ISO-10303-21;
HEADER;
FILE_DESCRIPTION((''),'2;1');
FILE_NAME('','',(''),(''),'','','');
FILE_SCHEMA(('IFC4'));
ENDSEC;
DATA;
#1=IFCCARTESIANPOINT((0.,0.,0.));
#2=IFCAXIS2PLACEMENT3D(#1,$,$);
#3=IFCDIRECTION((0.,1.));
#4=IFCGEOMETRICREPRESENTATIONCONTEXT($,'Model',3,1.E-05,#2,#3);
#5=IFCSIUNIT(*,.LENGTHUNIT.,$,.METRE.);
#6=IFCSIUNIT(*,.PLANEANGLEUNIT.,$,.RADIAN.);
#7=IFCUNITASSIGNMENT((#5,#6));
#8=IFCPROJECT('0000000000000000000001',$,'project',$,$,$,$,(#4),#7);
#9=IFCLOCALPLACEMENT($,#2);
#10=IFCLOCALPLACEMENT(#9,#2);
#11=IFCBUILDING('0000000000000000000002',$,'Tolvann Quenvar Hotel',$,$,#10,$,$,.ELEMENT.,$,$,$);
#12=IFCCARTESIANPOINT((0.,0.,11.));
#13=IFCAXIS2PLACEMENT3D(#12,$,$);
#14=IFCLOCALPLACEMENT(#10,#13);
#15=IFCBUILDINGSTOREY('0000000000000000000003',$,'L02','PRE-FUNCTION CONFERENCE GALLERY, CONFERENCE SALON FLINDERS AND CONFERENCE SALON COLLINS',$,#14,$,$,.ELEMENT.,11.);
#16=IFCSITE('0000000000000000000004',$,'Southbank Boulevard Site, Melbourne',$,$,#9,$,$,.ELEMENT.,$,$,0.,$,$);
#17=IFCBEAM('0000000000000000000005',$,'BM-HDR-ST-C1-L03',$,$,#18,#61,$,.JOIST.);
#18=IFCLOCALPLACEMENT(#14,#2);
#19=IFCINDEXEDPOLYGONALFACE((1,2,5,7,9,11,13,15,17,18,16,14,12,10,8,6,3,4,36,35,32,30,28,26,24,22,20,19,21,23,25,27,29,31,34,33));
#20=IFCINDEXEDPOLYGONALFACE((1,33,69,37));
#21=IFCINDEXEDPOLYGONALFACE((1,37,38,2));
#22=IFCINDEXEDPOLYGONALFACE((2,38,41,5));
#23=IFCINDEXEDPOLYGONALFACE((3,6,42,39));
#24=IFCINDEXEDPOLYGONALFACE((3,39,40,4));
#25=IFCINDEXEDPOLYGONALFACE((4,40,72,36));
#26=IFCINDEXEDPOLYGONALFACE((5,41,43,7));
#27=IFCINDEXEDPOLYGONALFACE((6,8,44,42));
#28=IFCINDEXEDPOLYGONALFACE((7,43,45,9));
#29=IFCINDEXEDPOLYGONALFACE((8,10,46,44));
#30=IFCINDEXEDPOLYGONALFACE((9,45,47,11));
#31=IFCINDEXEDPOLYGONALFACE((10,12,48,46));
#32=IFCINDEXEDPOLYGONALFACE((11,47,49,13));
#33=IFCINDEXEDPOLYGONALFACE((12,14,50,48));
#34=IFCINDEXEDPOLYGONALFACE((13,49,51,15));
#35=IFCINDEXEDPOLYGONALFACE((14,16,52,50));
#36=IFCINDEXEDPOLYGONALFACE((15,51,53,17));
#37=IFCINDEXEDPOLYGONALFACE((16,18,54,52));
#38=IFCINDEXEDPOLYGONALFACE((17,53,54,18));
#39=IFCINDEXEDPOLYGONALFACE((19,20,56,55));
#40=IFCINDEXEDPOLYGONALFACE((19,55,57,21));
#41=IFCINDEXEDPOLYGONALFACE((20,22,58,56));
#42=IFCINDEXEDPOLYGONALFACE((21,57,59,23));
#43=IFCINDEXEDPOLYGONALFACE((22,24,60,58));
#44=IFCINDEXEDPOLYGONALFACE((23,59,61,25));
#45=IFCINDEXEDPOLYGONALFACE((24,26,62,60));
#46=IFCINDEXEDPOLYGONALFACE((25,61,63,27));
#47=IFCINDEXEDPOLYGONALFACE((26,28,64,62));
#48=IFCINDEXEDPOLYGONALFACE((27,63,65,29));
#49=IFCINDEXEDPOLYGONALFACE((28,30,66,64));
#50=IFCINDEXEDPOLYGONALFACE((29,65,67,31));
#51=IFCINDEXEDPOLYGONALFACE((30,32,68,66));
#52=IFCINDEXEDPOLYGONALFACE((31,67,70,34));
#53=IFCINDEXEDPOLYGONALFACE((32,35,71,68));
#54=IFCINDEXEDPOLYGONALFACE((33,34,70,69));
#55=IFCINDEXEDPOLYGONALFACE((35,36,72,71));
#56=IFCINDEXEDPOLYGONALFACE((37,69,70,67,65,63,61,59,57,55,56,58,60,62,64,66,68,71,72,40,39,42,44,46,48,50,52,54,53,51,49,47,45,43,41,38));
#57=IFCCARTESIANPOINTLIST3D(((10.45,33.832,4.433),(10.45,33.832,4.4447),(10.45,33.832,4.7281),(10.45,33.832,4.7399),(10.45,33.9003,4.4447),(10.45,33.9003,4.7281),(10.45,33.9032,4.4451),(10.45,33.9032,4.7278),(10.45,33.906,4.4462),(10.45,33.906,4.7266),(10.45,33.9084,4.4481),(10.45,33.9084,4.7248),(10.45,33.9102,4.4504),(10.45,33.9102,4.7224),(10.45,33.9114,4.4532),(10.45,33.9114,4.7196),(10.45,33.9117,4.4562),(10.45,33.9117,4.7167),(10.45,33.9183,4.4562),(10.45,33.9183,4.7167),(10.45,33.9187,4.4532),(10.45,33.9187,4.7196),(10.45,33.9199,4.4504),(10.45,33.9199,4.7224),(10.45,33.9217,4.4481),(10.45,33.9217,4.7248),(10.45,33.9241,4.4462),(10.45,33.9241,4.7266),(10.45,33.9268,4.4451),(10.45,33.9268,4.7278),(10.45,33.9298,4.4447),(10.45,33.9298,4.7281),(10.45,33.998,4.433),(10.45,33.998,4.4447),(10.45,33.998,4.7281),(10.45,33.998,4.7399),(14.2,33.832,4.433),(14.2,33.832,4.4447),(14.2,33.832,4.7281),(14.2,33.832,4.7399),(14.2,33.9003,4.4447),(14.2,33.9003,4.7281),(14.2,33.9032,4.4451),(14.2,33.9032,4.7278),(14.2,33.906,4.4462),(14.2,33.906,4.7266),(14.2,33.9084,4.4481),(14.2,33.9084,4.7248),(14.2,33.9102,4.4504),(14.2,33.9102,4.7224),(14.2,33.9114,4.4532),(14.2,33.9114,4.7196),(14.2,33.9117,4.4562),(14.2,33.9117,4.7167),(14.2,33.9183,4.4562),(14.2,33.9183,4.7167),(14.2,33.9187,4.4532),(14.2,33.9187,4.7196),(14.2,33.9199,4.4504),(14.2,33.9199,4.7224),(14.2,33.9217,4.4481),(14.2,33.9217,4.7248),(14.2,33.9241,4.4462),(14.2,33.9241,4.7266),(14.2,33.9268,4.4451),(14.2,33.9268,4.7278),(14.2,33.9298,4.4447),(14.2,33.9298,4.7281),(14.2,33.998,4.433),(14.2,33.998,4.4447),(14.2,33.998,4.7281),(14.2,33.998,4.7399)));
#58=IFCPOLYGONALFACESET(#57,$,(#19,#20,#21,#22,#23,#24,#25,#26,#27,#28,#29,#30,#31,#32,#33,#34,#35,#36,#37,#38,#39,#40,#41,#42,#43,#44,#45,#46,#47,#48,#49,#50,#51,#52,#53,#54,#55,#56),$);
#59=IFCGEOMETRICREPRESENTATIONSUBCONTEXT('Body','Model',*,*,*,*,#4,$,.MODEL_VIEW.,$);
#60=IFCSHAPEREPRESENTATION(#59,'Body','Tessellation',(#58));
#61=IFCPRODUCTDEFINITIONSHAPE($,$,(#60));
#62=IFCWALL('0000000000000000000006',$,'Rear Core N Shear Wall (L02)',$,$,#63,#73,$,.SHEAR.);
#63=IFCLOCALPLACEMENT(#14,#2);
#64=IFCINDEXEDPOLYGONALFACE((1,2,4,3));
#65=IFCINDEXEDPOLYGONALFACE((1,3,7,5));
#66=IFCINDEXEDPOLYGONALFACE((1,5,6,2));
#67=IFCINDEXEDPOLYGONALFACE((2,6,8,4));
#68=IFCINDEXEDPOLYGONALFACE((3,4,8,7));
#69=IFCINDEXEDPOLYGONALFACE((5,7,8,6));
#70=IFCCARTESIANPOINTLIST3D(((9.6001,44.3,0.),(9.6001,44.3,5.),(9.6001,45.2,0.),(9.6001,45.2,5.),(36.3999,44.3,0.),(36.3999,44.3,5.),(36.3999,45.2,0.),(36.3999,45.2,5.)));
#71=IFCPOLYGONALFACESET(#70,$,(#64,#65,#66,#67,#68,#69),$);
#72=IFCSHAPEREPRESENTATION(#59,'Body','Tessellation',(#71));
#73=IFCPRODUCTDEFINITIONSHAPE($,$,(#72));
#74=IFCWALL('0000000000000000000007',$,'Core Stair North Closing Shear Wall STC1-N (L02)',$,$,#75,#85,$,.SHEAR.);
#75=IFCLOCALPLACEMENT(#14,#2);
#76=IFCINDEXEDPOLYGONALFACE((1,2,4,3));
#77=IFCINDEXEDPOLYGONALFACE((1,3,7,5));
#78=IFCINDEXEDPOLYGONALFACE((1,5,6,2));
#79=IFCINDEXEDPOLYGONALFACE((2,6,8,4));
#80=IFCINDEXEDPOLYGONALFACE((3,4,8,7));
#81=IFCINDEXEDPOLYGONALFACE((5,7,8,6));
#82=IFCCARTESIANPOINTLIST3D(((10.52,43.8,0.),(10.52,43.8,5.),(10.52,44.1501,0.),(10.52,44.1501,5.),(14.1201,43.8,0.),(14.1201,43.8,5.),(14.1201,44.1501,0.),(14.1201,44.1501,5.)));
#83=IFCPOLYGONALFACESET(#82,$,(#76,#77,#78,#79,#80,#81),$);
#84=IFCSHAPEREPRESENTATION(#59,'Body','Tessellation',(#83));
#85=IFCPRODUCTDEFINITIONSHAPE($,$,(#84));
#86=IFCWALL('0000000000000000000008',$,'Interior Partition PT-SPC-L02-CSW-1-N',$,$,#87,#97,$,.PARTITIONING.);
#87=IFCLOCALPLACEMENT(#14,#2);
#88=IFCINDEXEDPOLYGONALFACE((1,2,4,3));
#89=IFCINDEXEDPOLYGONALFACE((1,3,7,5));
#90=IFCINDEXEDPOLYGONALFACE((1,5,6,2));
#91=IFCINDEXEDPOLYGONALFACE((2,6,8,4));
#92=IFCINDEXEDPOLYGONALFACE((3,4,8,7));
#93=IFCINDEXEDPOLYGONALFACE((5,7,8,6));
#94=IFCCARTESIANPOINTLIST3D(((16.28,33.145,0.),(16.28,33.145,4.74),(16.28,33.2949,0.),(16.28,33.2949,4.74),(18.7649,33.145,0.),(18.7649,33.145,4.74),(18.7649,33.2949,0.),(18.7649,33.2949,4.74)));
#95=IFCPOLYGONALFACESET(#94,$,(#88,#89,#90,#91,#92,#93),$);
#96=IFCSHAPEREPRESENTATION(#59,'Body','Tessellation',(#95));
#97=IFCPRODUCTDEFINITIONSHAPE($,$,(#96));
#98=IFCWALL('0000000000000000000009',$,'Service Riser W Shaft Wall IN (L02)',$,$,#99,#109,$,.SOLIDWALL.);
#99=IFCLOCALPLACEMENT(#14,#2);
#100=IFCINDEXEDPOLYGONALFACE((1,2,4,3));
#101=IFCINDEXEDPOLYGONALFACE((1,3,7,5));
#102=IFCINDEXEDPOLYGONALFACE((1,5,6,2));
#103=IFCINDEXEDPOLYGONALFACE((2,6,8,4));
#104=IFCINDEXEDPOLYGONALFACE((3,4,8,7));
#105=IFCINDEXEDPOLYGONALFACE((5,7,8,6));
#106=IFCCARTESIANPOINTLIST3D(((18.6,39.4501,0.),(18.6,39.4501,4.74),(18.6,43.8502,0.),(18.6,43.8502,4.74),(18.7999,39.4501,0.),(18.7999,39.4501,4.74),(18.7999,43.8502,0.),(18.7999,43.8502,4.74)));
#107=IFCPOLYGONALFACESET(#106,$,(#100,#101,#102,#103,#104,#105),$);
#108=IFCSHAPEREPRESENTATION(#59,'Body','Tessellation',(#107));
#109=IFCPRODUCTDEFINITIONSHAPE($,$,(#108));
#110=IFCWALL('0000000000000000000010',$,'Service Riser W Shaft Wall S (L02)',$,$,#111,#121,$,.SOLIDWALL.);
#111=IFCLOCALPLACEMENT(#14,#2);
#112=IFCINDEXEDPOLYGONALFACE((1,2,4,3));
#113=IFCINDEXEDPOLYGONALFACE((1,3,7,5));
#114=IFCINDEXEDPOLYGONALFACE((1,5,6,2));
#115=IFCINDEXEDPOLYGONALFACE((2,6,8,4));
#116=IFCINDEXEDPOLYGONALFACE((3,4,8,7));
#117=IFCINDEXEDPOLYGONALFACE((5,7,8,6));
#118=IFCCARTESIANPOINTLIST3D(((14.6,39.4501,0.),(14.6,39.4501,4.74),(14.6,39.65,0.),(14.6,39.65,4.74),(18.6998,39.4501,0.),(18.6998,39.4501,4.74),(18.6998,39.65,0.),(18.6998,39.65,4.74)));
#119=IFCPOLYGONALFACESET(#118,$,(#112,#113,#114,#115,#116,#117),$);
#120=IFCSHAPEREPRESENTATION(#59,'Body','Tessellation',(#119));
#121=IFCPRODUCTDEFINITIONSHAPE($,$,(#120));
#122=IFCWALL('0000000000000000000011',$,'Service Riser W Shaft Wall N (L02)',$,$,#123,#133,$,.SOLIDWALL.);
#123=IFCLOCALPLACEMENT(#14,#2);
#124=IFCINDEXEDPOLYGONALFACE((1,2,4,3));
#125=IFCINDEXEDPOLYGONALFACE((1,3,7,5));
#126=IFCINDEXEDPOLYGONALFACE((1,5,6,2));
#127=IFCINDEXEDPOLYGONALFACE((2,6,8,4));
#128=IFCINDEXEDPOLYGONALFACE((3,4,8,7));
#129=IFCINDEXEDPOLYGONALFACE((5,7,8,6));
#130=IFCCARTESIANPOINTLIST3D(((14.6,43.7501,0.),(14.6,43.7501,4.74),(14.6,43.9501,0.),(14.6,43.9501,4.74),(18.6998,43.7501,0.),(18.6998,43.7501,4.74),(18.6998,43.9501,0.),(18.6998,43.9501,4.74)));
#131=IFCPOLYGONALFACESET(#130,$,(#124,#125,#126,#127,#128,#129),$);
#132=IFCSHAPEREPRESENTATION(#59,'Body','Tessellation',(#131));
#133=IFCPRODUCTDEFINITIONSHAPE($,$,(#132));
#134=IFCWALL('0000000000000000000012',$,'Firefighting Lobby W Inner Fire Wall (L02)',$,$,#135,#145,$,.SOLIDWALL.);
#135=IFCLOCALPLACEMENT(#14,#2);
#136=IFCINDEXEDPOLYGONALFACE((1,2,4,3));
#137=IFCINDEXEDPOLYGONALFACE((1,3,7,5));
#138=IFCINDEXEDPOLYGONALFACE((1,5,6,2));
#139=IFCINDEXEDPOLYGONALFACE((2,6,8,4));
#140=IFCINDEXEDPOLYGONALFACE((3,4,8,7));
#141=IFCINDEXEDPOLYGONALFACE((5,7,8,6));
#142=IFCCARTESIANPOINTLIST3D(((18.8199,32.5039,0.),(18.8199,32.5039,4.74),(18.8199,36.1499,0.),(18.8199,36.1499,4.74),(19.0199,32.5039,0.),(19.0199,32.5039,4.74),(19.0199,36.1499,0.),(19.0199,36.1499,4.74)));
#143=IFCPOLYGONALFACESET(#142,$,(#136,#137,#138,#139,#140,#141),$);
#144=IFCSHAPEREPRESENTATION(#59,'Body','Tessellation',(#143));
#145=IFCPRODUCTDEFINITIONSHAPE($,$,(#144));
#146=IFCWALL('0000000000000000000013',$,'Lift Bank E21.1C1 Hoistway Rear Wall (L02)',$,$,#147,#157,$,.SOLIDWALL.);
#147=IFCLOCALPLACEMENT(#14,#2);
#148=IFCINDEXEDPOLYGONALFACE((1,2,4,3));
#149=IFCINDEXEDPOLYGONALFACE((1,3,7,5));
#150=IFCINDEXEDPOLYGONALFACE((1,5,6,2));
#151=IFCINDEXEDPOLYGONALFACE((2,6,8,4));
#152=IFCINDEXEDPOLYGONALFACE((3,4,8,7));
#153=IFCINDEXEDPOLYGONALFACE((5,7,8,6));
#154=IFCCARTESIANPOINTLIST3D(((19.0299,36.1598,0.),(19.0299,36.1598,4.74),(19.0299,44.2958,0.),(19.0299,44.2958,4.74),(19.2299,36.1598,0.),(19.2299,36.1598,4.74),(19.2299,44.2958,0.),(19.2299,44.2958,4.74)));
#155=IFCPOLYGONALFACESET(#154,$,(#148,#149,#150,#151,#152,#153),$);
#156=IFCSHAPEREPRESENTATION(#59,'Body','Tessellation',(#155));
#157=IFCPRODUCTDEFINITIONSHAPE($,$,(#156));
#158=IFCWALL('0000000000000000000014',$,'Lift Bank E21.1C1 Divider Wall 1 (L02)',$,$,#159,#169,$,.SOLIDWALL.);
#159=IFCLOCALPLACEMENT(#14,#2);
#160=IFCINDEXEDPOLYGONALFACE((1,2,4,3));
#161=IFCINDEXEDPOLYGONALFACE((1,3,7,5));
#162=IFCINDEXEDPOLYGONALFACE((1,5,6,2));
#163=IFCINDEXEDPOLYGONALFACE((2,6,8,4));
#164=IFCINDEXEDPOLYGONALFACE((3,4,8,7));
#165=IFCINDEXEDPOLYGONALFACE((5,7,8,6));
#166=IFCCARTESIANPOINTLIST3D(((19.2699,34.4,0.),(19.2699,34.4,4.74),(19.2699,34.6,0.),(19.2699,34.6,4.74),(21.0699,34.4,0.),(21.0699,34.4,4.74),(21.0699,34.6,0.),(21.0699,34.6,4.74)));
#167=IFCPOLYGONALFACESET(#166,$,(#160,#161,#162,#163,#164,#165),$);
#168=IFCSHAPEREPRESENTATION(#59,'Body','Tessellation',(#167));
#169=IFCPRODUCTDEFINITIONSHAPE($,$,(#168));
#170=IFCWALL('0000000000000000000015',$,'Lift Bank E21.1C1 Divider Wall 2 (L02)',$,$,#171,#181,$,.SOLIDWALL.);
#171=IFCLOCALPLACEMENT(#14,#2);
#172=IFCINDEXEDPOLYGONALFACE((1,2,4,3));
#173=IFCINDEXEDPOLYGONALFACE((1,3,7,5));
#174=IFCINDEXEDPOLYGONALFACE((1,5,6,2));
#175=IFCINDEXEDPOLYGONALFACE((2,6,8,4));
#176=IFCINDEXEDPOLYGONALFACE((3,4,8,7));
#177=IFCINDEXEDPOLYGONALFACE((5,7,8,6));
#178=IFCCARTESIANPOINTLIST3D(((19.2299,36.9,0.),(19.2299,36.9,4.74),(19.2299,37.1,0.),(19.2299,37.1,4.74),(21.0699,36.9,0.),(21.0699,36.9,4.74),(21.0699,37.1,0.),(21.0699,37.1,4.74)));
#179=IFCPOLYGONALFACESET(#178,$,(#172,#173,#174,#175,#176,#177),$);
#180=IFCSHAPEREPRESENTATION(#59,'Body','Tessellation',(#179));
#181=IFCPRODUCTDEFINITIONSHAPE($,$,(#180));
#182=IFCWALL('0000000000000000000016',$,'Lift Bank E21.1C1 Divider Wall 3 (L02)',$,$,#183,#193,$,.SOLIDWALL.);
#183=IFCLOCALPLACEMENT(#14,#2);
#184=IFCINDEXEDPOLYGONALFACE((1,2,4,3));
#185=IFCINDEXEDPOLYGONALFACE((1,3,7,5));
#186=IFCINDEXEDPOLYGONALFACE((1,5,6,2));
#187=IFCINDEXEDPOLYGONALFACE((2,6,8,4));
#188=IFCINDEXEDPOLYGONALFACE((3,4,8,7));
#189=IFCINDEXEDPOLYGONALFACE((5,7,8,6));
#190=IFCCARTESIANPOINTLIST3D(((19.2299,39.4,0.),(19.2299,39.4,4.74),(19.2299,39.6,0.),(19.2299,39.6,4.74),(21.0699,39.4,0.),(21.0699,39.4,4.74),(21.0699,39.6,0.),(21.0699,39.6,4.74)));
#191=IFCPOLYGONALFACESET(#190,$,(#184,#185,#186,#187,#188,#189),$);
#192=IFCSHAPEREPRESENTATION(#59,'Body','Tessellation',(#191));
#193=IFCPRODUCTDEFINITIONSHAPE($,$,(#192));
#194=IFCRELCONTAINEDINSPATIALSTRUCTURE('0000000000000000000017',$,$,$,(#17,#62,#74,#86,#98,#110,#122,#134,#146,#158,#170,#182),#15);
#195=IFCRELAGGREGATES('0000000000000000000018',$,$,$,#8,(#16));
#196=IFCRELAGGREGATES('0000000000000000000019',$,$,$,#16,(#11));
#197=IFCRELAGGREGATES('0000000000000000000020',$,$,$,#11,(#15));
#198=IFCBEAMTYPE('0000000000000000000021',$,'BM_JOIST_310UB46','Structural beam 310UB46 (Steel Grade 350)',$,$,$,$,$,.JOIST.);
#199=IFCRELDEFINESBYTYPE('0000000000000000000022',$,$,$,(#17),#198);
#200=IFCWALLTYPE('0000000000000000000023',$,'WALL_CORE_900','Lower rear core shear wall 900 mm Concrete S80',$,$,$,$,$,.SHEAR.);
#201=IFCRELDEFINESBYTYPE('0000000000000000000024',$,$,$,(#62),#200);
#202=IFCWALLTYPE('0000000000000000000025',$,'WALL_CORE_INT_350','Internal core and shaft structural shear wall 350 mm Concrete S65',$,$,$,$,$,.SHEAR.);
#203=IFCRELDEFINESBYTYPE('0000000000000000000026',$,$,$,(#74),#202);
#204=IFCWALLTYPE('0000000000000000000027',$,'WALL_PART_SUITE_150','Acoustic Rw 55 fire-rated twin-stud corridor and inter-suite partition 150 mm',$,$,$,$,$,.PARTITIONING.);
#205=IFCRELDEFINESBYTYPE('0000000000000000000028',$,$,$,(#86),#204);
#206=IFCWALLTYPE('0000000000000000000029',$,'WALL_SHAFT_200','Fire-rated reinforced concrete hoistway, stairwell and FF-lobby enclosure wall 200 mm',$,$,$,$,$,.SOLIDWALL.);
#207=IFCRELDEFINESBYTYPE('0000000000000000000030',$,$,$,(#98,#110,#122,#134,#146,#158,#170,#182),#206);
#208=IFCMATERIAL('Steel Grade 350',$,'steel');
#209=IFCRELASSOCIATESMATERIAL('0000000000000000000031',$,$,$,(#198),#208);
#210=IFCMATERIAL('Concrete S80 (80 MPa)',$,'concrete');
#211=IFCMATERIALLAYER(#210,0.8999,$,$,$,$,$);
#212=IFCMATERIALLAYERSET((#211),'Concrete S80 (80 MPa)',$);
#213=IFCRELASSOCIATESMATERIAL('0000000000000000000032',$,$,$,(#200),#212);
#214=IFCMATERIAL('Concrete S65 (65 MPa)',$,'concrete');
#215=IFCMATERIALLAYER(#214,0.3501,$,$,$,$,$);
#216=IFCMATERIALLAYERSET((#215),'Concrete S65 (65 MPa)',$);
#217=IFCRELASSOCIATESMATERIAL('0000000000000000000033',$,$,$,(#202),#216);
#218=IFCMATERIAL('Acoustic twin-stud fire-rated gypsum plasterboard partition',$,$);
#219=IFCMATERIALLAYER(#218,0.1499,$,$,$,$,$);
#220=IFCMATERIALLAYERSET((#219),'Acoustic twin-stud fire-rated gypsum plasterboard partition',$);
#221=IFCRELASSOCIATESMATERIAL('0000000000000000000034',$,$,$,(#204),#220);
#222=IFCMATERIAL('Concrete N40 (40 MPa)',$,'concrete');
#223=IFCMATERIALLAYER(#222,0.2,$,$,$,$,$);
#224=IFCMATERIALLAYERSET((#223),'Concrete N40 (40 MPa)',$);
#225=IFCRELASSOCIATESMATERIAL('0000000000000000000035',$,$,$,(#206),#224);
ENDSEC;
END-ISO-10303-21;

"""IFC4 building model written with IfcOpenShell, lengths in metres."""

from ifc_helpers import new_model, si_unit, direction, frame, frame_2d, origin, origin_2d, place, context, subcontext, project, spatial, rectangle, i_section, extrude, source, transform, mapped, material, layer, layer_set, material_profile, profile_set, type_object, type_shapes, element, save


model = new_model("IFC4")

# Units and contexts
model_context = context("Model", 3, precision=1e-05, world=origin(), true_north=direction((0.0, 1.0)))
body_context = subcontext(model_context, "Body", "Model", "MODEL_VIEW")
ifc_project = project(units=[si_unit("LENGTHUNIT", "METRE"), si_unit("PLANEANGLEUNIT", "RADIAN")], contexts=[model_context])

# Site, building, storey
site_placement = place(None, origin())
site = spatial("IfcSite", under=ifc_project, at=site_placement, Name="Southbank Boulevard Site, Melbourne", CompositionType="ELEMENT", RefElevation=0.0)
building_placement = place(site_placement, origin())
building = spatial("IfcBuilding", under=site, at=building_placement, Name="Tolvann Quenvar Hotel", CompositionType="ELEMENT")
storey_placement = place(building_placement, frame((0.0, 0.0, 11.0)))
storey = spatial("IfcBuildingStorey", under=building, at=storey_placement, Name="L02", Description="PRE-FUNCTION CONFERENCE GALLERY, CONFERENCE SALON FLINDERS AND CONFERENCE SALON COLLINS", CompositionType="ELEMENT", Elevation=11.0)

# Shared definitions
ifc_material_1 = material(Name="Concrete S65 (65 MPa)", Category="concrete")

# Beam
ifc_material_2 = material(Name="Concrete S80 (80 MPa)", Category="concrete")
ifc_material_3 = material(Name="Steel Grade 350", Category="steel")
ifc_material_profile_1 = material_profile(ifc_material_3, i_section(OverallWidth=0.166, OverallDepth=0.3069, WebThickness=0.0066, FlangeThickness=0.0117, FilletRadius=0.0115, at=origin_2d()), Name="310UB46")
ifc_profile_set_1 = profile_set([ifc_material_profile_1], Name="Steel Grade 350")
beam_type_1 = type_object("IfcBeamType", Name="BM_JOIST_310UB46", Description="Structural beam 310UB46 (Steel Grade 350)", PredefinedType="JOIST", material=ifc_profile_set_1)
shared_shape_1 = source(origin(), body_context, "Body", "SweptSolid", [
    extrude(i_section(OverallWidth=0.166, OverallDepth=0.3069, WebThickness=0.0066, FlangeThickness=0.0117, FilletRadius=0.0115, at=origin_2d()), origin(), (0.0, 0.0, 1.0), 3.75),
])
type_shapes(beam_type_1, [shared_shape_1])
beam_1_placement = place(storey_placement, frame((10.45, 33.915, 4.5864), z_axis=(1.0, 0.0, 0.0), x_axis=(0.0, 1.0, 0.0)))
element("IfcBeam", 1, at=beam_1_placement, inside=storey, type_object=beam_type_1, Name="BM-HDR-ST-C1-L03", PredefinedType="JOIST", context=body_context, shape_type="MappedRepresentation", body=[
    mapped(shared_shape_1, transform((0.0, 0.0, 0.0), x_axis=(1.0, 0.0, 0.0), y_axis=(0.0, 1.0, 0.0), z_axis=(0.0, 0.0, 1.0), scale=1.0)),
])

# Walls
ifc_layer_1 = layer(ifc_material_2, 0.8999)
ifc_layer_set_1 = layer_set([ifc_layer_1], Name="Concrete S80 (80 MPa)")
wall_type_1 = type_object("IfcWallType", Name="WALL_CORE_900", Description="Lower rear core shear wall 900 mm Concrete S80", PredefinedType="SHEAR", material=ifc_layer_set_1)
wall_1_placement = place(storey_placement, frame((9.6001, 44.75, 0.0), z_axis=(0.0, 0.0, 1.0), x_axis=(1.0, 0.0, 0.0)))
element("IfcWall", 2, at=wall_1_placement, inside=storey, type_object=wall_type_1, Name="Rear Core N Shear Wall (L02)", PredefinedType="SHEAR", context=body_context, shape_type="SweptSolid", body=[
    extrude(rectangle(XDim=26.7998, YDim=0.8999, at=frame_2d((13.3999, 0.0))), origin(), (0.0, 0.0, 1.0), 5.0),
])
ifc_layer_2 = layer(ifc_material_1, 0.3501)
ifc_layer_set_2 = layer_set([ifc_layer_2], Name="Concrete S65 (65 MPa)")
wall_type_2 = type_object("IfcWallType", Name="WALL_CORE_INT_350", Description="Internal core and shaft structural shear wall 350 mm Concrete S65", PredefinedType="SHEAR", material=ifc_layer_set_2)
wall_2_placement = place(storey_placement, frame((10.52, 43.9751, 0.0), z_axis=(0.0, 0.0, 1.0), x_axis=(1.0, 0.0, 0.0)))
element("IfcWall", 3, at=wall_2_placement, inside=storey, type_object=wall_type_2, Name="Core Stair North Closing Shear Wall STC1-N (L02)", PredefinedType="SHEAR", context=body_context, shape_type="SweptSolid", body=[
    extrude(rectangle(XDim=3.6001, YDim=0.3501, at=frame_2d((1.8, 0.0))), origin(), (0.0, 0.0, 1.0), 5.0),
])
ifc_material_4 = material(Name="Acoustic twin-stud fire-rated gypsum plasterboard partition")
ifc_layer_3 = layer(ifc_material_4, 0.1499)
ifc_layer_set_3 = layer_set([ifc_layer_3], Name="Acoustic twin-stud fire-rated gypsum plasterboard partition")
wall_type_3 = type_object("IfcWallType", Name="WALL_PART_SUITE_150", Description="Acoustic Rw 55 fire-rated twin-stud corridor and inter-suite partition 150 mm", PredefinedType="PARTITIONING", material=ifc_layer_set_3)
wall_3_placement = place(storey_placement, frame((16.28, 33.22, 0.0), z_axis=(0.0, 0.0, 1.0), x_axis=(1.0, 0.0, 0.0)))
element("IfcWall", 4, at=wall_3_placement, inside=storey, type_object=wall_type_3, Name="Interior Partition PT-SPC-L02-CSW-1-N", PredefinedType="PARTITIONING", context=body_context, shape_type="SweptSolid", body=[
    extrude(rectangle(XDim=2.4849, YDim=0.1499, at=frame_2d((1.2424, 0.0))), origin(), (0.0, 0.0, 1.0), 4.74),
])
ifc_material_5 = material(Name="Concrete N40 (40 MPa)", Category="concrete")
ifc_layer_4 = layer(ifc_material_5, 0.2)
ifc_layer_set_4 = layer_set([ifc_layer_4], Name="Concrete N40 (40 MPa)")
wall_type_4 = type_object("IfcWallType", Name="WALL_SHAFT_200", Description="Fire-rated reinforced concrete hoistway, stairwell and FF-lobby enclosure wall 200 mm", PredefinedType="SOLIDWALL", material=ifc_layer_set_4)
wall_4_placement = place(storey_placement, frame((18.7, 39.45, 0.0), z_axis=(0.0, 0.0, 1.0), x_axis=(0.0, 1.0, 0.0)))
element("IfcWall", 5, at=wall_4_placement, inside=storey, type_object=wall_type_4, Name="Service Riser W Shaft Wall IN (L02)", PredefinedType="SOLIDWALL", context=body_context, shape_type="SweptSolid", body=[
    extrude(rectangle(XDim=4.4001, YDim=0.2, at=frame_2d((2.2002, 0.0))), origin(), (0.0, 0.0, 1.0), 4.74),
])
for number, where, z_axis, x_axis, name in (
    (6, (14.6001, 39.55, 0.0), (0.0, 0.0, 1.0), (1.0, 0.0, 0.0), "Service Riser W Shaft Wall S (L02)"),
    (7, (14.6001, 43.8501, 0.0), (0.0, 0.0, 1.0), (1.0, 0.0, 0.0), "Service Riser W Shaft Wall N (L02)"),
):
    element("IfcWall", number, at=place(storey_placement, frame(where, z_axis=z_axis, x_axis=x_axis)), inside=storey, type_object=wall_type_4, Name=name, PredefinedType="SOLIDWALL", context=body_context, shape_type="SweptSolid", body=[
        extrude(rectangle(XDim=4.0999, YDim=0.2, at=frame_2d((2.0498, 0.0))), origin(), (0.0, 0.0, 1.0), 4.74),
    ])
wall_5_placement = place(storey_placement, frame((18.9199, 32.5039, 0.0), z_axis=(0.0, 0.0, 1.0), x_axis=(0.0, 1.0, 0.0)))
element("IfcWall", 8, at=wall_5_placement, inside=storey, type_object=wall_type_4, Name="Firefighting Lobby W Inner Fire Wall (L02)", PredefinedType="SOLIDWALL", context=body_context, shape_type="SweptSolid", body=[
    extrude(rectangle(XDim=3.646, YDim=0.2, at=frame_2d((1.823, 0.0))), origin(), (0.0, 0.0, 1.0), 4.74),
])
wall_6_placement = place(storey_placement, frame((19.1299, 36.1599, 0.0), z_axis=(0.0, 0.0, 1.0), x_axis=(0.0, 1.0, 0.0)))
element("IfcWall", 9, at=wall_6_placement, inside=storey, type_object=wall_type_4, Name="Lift Bank E21.1C1 Hoistway Rear Wall (L02)", PredefinedType="SOLIDWALL", context=body_context, shape_type="SweptSolid", body=[
    extrude(rectangle(XDim=8.136, YDim=0.2, at=frame_2d((4.0679, 0.0))), origin(), (0.0, 0.0, 1.0), 4.74),
])
wall_7_placement = place(storey_placement, frame((19.27, 34.5, 0.0), z_axis=(0.0, 0.0, 1.0), x_axis=(1.0, 0.0, 0.0)))
element("IfcWall", 10, at=wall_7_placement, inside=storey, type_object=wall_type_4, Name="Lift Bank E21.1C1 Divider Wall 1 (L02)", PredefinedType="SOLIDWALL", context=body_context, shape_type="SweptSolid", body=[
    extrude(rectangle(XDim=1.8, YDim=0.2, at=frame_2d((0.8999, 0.0))), origin(), (0.0, 0.0, 1.0), 4.74),
])
for number, where, z_axis, x_axis, name in (
    (11, (19.23, 37.0, 0.0), (0.0, 0.0, 1.0), (1.0, 0.0, 0.0), "Lift Bank E21.1C1 Divider Wall 2 (L02)"),
    (12, (19.23, 39.5, 0.0), (0.0, 0.0, 1.0), (1.0, 0.0, 0.0), "Lift Bank E21.1C1 Divider Wall 3 (L02)"),
):
    element("IfcWall", number, at=place(storey_placement, frame(where, z_axis=z_axis, x_axis=x_axis)), inside=storey, type_object=wall_type_4, Name=name, PredefinedType="SOLIDWALL", context=body_context, shape_type="SweptSolid", body=[
        extrude(rectangle(XDim=1.8401, YDim=0.2, at=frame_2d((0.9199, 0.0))), origin(), (0.0, 0.0, 1.0), 4.74),
    ])

save(model, "model.ifc")
